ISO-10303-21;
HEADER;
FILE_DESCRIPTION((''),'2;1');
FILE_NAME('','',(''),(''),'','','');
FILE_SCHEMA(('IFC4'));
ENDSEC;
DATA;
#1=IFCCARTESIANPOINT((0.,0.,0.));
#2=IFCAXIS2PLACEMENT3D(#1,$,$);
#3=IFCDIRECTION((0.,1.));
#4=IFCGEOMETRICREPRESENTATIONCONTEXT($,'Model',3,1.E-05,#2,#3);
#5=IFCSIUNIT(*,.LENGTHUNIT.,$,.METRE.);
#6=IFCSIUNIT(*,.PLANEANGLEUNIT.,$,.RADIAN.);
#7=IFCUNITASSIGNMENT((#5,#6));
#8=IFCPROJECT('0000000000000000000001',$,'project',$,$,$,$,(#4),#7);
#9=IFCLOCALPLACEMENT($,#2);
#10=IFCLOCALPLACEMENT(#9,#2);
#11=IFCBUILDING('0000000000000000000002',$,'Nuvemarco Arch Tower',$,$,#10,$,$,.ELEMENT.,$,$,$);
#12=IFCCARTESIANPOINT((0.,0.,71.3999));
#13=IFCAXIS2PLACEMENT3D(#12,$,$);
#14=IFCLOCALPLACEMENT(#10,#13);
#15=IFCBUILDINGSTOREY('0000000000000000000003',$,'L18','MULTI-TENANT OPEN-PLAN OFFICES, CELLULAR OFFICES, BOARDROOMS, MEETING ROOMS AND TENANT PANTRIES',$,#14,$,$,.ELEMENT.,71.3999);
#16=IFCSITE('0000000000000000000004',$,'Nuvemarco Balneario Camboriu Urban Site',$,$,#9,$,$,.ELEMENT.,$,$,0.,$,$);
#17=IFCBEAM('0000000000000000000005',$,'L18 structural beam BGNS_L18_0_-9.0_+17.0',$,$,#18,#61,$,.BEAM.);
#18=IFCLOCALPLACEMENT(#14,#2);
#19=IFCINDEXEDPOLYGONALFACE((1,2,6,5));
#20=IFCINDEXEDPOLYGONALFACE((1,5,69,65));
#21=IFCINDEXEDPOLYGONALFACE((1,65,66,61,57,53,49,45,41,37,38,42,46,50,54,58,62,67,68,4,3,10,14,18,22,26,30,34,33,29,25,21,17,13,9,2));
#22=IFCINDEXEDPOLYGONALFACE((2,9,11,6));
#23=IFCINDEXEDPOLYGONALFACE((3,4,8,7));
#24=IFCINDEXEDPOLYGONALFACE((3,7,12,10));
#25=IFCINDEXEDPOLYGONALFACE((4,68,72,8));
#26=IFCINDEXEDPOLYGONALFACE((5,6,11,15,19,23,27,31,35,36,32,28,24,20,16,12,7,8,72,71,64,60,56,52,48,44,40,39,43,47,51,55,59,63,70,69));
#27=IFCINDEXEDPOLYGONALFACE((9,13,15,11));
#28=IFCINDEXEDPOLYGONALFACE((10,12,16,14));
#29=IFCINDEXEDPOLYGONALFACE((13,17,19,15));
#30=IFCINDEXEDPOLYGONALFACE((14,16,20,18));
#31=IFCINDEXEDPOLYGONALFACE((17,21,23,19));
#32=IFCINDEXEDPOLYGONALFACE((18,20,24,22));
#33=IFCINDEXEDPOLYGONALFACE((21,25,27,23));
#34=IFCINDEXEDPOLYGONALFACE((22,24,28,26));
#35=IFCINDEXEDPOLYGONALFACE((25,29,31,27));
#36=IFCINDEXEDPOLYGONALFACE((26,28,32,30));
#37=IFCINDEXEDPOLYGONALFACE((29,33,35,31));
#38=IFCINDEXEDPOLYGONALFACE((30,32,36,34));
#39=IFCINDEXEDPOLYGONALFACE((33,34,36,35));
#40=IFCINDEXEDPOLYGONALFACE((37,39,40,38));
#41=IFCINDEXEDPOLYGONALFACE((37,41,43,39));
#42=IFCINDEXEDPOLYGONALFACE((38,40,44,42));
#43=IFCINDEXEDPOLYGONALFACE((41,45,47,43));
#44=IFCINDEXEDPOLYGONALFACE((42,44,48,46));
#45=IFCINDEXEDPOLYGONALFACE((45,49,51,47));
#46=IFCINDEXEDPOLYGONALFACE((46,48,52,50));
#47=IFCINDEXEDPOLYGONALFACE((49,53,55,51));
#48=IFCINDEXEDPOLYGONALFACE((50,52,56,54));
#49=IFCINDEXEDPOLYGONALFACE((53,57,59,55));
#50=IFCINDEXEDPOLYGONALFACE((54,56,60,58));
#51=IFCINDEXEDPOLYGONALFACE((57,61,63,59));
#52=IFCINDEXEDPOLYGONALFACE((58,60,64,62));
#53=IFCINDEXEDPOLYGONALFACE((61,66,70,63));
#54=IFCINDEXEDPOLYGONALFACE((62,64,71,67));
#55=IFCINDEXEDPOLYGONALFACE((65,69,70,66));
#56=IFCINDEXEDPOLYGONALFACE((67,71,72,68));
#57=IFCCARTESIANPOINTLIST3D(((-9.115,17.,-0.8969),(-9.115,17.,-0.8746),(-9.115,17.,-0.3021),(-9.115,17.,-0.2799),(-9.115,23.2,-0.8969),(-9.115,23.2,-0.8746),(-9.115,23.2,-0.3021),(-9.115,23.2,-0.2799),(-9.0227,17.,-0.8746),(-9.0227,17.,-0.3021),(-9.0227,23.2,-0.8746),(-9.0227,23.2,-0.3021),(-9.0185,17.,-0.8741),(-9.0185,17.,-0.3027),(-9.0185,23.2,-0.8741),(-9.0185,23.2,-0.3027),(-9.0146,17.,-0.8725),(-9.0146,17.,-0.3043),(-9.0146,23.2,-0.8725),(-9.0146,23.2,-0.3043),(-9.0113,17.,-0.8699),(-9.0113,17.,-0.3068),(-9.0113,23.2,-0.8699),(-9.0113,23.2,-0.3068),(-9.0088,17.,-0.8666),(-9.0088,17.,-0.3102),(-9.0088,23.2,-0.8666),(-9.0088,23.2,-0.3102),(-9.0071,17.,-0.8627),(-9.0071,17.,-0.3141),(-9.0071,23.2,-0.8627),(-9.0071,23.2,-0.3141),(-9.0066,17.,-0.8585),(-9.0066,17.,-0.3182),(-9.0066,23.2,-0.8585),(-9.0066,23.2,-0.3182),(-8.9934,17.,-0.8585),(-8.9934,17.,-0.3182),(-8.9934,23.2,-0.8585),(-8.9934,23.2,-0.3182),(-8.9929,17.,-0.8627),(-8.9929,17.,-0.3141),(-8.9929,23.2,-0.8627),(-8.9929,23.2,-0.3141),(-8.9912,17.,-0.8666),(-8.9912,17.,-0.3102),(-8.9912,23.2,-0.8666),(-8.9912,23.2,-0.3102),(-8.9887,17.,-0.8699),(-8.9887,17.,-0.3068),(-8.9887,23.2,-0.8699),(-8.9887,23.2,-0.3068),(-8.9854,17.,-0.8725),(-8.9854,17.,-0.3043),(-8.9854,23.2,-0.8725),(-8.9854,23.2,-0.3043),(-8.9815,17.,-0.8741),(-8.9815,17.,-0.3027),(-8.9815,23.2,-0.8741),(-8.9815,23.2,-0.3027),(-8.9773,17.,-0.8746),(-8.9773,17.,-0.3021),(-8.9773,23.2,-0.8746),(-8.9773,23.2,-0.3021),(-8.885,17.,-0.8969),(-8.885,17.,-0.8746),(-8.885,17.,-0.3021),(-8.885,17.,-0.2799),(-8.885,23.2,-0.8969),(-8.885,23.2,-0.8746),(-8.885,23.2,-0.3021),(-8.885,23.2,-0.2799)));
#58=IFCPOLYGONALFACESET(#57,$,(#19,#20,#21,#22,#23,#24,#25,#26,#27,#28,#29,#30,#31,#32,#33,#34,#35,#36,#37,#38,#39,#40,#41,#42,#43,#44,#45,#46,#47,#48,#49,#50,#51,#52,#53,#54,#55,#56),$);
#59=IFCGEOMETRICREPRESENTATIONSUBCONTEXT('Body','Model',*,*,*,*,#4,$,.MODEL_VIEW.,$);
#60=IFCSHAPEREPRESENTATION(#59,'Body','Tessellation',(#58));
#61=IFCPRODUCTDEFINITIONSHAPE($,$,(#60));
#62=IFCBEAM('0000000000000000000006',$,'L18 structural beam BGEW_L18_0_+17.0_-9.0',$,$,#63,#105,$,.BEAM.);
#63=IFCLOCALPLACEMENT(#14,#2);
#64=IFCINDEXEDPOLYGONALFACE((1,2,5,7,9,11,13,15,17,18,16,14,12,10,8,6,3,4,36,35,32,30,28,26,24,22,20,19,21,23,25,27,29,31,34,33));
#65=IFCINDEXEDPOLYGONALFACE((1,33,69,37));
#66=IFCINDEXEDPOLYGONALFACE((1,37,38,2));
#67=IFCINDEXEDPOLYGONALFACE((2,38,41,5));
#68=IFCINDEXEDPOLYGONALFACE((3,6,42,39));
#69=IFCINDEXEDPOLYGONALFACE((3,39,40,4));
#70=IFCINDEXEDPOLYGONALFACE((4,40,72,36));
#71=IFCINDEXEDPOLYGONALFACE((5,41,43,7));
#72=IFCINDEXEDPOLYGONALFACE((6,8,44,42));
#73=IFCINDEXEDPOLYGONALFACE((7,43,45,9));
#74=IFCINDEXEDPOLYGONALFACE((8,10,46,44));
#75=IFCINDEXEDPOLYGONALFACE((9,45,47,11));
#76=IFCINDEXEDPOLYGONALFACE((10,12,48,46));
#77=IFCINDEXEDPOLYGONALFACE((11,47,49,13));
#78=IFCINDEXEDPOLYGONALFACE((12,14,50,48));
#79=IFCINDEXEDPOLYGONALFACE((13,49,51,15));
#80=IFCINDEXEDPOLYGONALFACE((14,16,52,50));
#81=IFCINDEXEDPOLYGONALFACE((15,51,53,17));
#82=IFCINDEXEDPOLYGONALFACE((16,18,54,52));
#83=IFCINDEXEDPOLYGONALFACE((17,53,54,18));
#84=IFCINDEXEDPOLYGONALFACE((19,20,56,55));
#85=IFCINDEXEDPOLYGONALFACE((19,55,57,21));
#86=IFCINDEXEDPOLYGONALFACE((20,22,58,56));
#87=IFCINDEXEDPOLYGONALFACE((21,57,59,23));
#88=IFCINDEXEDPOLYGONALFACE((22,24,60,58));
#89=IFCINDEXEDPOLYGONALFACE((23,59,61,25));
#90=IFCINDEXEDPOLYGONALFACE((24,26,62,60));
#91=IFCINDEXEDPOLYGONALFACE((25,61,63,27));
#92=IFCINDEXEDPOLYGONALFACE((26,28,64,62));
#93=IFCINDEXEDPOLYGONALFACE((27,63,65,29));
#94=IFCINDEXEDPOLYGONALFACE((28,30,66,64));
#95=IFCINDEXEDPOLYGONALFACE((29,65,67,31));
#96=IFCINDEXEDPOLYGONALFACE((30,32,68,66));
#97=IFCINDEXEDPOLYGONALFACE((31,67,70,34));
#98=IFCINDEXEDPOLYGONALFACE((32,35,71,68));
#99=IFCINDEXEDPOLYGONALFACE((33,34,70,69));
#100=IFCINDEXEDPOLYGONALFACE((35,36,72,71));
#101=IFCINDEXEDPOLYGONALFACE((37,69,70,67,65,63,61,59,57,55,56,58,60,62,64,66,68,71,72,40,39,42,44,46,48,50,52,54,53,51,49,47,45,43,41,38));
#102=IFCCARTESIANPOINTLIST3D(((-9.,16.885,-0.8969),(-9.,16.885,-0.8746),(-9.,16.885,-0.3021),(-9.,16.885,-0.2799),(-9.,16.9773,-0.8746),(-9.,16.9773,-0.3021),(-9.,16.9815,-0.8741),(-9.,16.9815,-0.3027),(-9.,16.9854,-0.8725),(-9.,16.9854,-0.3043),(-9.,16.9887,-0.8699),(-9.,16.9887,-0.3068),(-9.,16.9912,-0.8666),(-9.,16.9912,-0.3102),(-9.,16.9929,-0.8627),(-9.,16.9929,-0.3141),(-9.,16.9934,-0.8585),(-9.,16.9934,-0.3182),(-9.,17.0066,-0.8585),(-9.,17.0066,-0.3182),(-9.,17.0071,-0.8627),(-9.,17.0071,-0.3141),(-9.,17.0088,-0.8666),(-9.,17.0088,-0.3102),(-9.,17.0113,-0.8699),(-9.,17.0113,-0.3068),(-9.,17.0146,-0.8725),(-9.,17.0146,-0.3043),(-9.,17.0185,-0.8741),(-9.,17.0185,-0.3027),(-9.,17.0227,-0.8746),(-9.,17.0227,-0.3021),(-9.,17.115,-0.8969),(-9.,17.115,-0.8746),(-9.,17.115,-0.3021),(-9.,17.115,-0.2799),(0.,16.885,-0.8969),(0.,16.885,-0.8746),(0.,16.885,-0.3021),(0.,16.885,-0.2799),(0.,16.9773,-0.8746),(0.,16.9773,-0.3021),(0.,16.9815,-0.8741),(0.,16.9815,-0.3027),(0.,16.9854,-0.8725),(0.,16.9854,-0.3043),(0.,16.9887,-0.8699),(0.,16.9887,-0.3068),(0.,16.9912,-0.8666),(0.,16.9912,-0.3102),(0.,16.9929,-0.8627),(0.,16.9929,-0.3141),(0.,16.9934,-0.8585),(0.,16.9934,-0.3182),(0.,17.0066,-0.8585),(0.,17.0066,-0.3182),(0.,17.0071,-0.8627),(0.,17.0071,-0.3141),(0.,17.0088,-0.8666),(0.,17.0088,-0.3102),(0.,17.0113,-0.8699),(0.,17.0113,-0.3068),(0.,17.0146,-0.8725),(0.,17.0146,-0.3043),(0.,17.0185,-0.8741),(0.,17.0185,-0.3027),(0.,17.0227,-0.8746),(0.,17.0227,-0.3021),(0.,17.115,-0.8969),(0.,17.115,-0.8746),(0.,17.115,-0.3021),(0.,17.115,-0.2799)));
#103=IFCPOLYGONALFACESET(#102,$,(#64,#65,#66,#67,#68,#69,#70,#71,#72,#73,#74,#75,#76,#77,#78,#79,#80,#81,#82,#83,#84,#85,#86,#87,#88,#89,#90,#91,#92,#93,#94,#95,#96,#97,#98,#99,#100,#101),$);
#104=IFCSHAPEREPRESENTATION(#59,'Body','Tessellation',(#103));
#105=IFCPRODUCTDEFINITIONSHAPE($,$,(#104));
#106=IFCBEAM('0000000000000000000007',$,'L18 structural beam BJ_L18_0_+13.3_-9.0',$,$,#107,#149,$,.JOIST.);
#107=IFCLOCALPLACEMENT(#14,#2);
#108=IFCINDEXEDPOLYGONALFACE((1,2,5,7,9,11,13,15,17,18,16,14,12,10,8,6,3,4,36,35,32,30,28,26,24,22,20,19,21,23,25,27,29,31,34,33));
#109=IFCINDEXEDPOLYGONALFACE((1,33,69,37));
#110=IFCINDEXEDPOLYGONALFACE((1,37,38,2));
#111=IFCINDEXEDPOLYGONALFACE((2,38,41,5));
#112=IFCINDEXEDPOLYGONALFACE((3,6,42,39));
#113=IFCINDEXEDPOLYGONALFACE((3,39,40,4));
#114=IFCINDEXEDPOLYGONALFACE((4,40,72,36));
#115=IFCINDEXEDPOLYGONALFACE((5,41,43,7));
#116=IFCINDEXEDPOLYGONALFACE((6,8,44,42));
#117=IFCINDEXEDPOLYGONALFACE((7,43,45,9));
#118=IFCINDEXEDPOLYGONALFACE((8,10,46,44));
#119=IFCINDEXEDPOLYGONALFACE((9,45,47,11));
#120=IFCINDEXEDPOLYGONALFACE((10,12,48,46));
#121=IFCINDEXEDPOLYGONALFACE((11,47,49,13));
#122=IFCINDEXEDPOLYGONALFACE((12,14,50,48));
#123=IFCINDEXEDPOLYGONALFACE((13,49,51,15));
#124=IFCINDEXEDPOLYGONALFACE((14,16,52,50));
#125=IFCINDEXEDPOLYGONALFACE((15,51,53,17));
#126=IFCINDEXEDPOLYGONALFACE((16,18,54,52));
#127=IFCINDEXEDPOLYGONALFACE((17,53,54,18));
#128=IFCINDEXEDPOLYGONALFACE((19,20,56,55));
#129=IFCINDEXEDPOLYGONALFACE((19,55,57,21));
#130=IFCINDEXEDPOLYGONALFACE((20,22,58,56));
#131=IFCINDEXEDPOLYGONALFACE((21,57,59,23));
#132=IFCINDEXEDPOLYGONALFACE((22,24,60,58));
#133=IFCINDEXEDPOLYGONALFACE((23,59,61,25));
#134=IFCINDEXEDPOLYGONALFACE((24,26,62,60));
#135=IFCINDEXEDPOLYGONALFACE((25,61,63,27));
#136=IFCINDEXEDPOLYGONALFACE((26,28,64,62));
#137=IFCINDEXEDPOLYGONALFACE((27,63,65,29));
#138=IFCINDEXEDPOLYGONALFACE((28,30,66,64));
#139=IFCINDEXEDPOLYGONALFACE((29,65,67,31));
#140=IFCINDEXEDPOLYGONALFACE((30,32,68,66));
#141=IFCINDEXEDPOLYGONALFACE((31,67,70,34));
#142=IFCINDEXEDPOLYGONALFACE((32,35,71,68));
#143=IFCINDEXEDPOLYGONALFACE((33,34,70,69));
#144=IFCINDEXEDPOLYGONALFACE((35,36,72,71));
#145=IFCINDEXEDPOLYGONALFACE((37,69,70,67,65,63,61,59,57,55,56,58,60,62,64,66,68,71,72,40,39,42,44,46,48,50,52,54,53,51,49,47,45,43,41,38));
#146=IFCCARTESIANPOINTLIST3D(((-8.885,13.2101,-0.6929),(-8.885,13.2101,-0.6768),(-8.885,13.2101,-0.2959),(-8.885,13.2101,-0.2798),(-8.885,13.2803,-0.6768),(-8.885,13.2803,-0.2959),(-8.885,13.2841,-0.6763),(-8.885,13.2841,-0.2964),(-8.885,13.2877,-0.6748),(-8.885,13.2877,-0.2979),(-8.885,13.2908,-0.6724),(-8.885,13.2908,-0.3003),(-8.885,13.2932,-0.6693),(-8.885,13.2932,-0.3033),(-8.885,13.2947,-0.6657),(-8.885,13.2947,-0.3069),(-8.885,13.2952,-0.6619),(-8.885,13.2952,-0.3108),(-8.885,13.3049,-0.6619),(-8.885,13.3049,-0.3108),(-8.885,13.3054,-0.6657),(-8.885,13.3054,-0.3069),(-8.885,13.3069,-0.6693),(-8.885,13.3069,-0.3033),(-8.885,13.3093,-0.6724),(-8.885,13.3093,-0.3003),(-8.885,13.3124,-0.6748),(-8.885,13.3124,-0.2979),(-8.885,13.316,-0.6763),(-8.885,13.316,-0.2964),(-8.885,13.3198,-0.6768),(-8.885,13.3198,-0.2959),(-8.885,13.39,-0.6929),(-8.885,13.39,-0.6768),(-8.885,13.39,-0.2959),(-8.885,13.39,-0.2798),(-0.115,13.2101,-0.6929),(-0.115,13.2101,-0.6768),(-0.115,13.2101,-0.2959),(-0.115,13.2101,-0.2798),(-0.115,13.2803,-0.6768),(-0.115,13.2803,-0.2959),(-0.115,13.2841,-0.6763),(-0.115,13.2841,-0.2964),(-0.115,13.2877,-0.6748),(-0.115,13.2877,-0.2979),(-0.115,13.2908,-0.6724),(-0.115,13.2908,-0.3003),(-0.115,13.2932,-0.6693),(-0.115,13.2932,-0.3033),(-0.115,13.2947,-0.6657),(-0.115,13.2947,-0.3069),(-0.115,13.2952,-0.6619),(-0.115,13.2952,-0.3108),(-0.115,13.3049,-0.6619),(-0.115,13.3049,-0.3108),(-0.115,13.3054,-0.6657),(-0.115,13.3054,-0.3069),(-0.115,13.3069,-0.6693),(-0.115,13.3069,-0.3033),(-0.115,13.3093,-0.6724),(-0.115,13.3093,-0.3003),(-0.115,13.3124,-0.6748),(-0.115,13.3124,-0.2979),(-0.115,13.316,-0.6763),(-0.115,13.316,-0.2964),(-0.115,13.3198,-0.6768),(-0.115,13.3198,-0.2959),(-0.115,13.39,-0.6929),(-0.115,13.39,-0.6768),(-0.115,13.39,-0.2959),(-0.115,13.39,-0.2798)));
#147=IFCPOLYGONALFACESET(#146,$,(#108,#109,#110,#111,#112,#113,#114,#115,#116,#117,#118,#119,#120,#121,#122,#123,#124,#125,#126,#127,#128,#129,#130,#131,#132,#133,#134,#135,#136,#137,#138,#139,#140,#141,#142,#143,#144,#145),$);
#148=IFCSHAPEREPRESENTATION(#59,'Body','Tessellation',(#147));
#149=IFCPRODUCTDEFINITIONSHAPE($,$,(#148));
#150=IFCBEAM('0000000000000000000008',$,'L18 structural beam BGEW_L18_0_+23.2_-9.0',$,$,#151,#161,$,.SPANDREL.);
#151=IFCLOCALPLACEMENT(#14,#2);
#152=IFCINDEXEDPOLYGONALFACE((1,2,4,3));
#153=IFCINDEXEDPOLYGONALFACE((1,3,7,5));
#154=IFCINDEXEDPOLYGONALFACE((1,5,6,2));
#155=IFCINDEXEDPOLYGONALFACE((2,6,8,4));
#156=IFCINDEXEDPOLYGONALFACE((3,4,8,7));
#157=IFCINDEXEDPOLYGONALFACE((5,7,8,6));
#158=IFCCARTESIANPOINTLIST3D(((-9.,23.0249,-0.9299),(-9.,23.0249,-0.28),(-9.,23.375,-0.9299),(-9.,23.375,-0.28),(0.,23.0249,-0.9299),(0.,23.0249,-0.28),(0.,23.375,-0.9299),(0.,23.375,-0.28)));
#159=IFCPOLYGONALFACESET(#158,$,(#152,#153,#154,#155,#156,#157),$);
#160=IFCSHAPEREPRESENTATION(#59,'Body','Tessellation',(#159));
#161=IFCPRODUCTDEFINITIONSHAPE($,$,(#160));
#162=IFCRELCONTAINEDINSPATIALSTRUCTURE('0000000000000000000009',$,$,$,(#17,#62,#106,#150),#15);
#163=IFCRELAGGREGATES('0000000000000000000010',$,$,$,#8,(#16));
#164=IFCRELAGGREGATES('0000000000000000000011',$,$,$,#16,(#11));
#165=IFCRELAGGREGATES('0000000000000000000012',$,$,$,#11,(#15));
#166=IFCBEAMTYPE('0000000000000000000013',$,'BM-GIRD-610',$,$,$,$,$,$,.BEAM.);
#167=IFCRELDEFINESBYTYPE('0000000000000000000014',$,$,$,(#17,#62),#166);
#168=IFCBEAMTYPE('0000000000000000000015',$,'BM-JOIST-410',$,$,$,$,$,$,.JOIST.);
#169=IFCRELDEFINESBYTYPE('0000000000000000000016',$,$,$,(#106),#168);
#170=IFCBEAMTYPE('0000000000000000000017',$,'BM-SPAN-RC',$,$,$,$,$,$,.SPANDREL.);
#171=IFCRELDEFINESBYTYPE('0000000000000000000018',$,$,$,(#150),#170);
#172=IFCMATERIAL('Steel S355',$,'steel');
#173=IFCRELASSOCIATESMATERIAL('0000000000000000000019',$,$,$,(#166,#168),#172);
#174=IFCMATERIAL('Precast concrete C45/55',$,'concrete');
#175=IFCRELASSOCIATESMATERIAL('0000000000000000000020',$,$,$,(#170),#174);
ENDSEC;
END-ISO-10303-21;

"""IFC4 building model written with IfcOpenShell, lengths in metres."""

from ifc_helpers import new_model, si_unit, direction, frame, origin, origin_2d, place, context, subcontext, project, spatial, rectangle, i_section, extrude, material, material_profile, profile_set, type_object, element, save


model = new_model("IFC4")

# Units and contexts
model_context = context("Model", 3, precision=1e-05, world=origin(), true_north=direction((0.0, 1.0)))
body_context = subcontext(model_context, "Body", "Model", "MODEL_VIEW")
ifc_project = project(units=[si_unit("LENGTHUNIT", "METRE"), si_unit("PLANEANGLEUNIT", "RADIAN")], contexts=[model_context])

# Site, building, storey
site_placement = place(None, origin())
site = spatial("IfcSite", under=ifc_project, at=site_placement, Name="Nuvemarco Balneario Camboriu Urban Site", CompositionType="ELEMENT", RefElevation=0.0)
building_placement = place(site_placement, origin())
building = spatial("IfcBuilding", under=site, at=building_placement, Name="Nuvemarco Arch Tower", CompositionType="ELEMENT")
storey_placement = place(building_placement, frame((0.0, 0.0, 71.3999)))
storey = spatial("IfcBuildingStorey", under=building, at=storey_placement, Name="L18", Description="MULTI-TENANT OPEN-PLAN OFFICES, CELLULAR OFFICES, BOARDROOMS, MEETING ROOMS AND TENANT PANTRIES", CompositionType="ELEMENT", Elevation=71.3999)

# Shared definitions
ifc_material_1 = material(Name="Steel S355", Category="steel")

# Beams
ifc_material_profile_1 = material_profile(ifc_material_1, i_section(OverallWidth=0.23, OverallDepth=0.6169, WebThickness=0.0132, FlangeThickness=0.0222, FilletRadius=0.0161, at=origin_2d()), Name="W610x140")
ifc_profile_set_1 = profile_set([ifc_material_profile_1], Name="Steel S355")
beam_type_1 = type_object("IfcBeamType", Name="BM-GIRD-610", PredefinedType="BEAM", material=ifc_profile_set_1)
beam_1_placement = place(storey_placement, frame((-9.0, 17.0, -0.5884), z_axis=(0.0, 1.0, 0.0), x_axis=(-1.0, 0.0, 0.0)))
element("IfcBeam", 1, at=beam_1_placement, inside=storey, type_object=beam_type_1, Name="L18 structural beam BGNS_L18_0_-9.0_+17.0", PredefinedType="BEAM", context=body_context, shape_type="SweptSolid", body=[
    extrude(i_section(OverallWidth=0.23, OverallDepth=0.6169, WebThickness=0.0132, FlangeThickness=0.0222, FilletRadius=0.0161, at=origin_2d()), origin(), (0.0, 0.0, 1.0), 6.2),
])
beam_2_placement = place(storey_placement, frame((-9.0, 17.0, -0.5884), z_axis=(1.0, 0.0, 0.0), x_axis=(0.0, 1.0, 0.0)))
element("IfcBeam", 2, at=beam_2_placement, inside=storey, type_object=beam_type_1, Name="L18 structural beam BGEW_L18_0_+17.0_-9.0", PredefinedType="BEAM", context=body_context, shape_type="SweptSolid", body=[
    extrude(i_section(OverallWidth=0.23, OverallDepth=0.6169, WebThickness=0.0132, FlangeThickness=0.0222, FilletRadius=0.0161, at=origin_2d()), origin(), (0.0, 0.0, 1.0), 9.0),
])
ifc_material_profile_2 = material_profile(ifc_material_1, i_section(OverallWidth=0.1799, OverallDepth=0.4131, WebThickness=0.0098, FlangeThickness=0.0161, FilletRadius=0.0149, at=origin_2d()), Name="W410x75")
ifc_profile_set_2 = profile_set([ifc_material_profile_2], Name="Steel S355")
beam_type_2 = type_object("IfcBeamType", Name="BM-JOIST-410", PredefinedType="JOIST", material=ifc_profile_set_2)
beam_3_placement = place(storey_placement, frame((-8.885, 13.3, -0.4863), z_axis=(1.0, 0.0, 0.0), x_axis=(0.0, 1.0, 0.0)))
element("IfcBeam", 3, at=beam_3_placement, inside=storey, type_object=beam_type_2, Name="L18 structural beam BJ_L18_0_+13.3_-9.0", PredefinedType="JOIST", context=body_context, shape_type="SweptSolid", body=[
    extrude(i_section(OverallWidth=0.1799, OverallDepth=0.4131, WebThickness=0.0098, FlangeThickness=0.0161, FilletRadius=0.0149, at=origin_2d()), origin(), (0.0, 0.0, 1.0), 8.77),
])
ifc_material_2 = material(Name="Precast concrete C45/55", Category="concrete")
ifc_material_profile_3 = material_profile(ifc_material_2, rectangle(XDim=0.3501, YDim=0.6499, at=origin_2d()), Name="PC-SP-350x650")
ifc_profile_set_3 = profile_set([ifc_material_profile_3], Name="Precast concrete C45/55")
beam_type_3 = type_object("IfcBeamType", Name="BM-SPAN-RC", PredefinedType="SPANDREL", material=ifc_profile_set_3)
beam_4_placement = place(storey_placement, frame((-9.0, 23.2, -0.605), z_axis=(1.0, 0.0, 0.0), x_axis=(0.0, 1.0, 0.0)))
element("IfcBeam", 4, at=beam_4_placement, inside=storey, type_object=beam_type_3, Name="L18 structural beam BGEW_L18_0_+23.2_-9.0", PredefinedType="SPANDREL", context=body_context, shape_type="SweptSolid", body=[
    extrude(rectangle(XDim=0.3501, YDim=0.6499, at=origin_2d()), origin(), (0.0, 0.0, 1.0), 9.0),
])

save(model, "model.ifc")
